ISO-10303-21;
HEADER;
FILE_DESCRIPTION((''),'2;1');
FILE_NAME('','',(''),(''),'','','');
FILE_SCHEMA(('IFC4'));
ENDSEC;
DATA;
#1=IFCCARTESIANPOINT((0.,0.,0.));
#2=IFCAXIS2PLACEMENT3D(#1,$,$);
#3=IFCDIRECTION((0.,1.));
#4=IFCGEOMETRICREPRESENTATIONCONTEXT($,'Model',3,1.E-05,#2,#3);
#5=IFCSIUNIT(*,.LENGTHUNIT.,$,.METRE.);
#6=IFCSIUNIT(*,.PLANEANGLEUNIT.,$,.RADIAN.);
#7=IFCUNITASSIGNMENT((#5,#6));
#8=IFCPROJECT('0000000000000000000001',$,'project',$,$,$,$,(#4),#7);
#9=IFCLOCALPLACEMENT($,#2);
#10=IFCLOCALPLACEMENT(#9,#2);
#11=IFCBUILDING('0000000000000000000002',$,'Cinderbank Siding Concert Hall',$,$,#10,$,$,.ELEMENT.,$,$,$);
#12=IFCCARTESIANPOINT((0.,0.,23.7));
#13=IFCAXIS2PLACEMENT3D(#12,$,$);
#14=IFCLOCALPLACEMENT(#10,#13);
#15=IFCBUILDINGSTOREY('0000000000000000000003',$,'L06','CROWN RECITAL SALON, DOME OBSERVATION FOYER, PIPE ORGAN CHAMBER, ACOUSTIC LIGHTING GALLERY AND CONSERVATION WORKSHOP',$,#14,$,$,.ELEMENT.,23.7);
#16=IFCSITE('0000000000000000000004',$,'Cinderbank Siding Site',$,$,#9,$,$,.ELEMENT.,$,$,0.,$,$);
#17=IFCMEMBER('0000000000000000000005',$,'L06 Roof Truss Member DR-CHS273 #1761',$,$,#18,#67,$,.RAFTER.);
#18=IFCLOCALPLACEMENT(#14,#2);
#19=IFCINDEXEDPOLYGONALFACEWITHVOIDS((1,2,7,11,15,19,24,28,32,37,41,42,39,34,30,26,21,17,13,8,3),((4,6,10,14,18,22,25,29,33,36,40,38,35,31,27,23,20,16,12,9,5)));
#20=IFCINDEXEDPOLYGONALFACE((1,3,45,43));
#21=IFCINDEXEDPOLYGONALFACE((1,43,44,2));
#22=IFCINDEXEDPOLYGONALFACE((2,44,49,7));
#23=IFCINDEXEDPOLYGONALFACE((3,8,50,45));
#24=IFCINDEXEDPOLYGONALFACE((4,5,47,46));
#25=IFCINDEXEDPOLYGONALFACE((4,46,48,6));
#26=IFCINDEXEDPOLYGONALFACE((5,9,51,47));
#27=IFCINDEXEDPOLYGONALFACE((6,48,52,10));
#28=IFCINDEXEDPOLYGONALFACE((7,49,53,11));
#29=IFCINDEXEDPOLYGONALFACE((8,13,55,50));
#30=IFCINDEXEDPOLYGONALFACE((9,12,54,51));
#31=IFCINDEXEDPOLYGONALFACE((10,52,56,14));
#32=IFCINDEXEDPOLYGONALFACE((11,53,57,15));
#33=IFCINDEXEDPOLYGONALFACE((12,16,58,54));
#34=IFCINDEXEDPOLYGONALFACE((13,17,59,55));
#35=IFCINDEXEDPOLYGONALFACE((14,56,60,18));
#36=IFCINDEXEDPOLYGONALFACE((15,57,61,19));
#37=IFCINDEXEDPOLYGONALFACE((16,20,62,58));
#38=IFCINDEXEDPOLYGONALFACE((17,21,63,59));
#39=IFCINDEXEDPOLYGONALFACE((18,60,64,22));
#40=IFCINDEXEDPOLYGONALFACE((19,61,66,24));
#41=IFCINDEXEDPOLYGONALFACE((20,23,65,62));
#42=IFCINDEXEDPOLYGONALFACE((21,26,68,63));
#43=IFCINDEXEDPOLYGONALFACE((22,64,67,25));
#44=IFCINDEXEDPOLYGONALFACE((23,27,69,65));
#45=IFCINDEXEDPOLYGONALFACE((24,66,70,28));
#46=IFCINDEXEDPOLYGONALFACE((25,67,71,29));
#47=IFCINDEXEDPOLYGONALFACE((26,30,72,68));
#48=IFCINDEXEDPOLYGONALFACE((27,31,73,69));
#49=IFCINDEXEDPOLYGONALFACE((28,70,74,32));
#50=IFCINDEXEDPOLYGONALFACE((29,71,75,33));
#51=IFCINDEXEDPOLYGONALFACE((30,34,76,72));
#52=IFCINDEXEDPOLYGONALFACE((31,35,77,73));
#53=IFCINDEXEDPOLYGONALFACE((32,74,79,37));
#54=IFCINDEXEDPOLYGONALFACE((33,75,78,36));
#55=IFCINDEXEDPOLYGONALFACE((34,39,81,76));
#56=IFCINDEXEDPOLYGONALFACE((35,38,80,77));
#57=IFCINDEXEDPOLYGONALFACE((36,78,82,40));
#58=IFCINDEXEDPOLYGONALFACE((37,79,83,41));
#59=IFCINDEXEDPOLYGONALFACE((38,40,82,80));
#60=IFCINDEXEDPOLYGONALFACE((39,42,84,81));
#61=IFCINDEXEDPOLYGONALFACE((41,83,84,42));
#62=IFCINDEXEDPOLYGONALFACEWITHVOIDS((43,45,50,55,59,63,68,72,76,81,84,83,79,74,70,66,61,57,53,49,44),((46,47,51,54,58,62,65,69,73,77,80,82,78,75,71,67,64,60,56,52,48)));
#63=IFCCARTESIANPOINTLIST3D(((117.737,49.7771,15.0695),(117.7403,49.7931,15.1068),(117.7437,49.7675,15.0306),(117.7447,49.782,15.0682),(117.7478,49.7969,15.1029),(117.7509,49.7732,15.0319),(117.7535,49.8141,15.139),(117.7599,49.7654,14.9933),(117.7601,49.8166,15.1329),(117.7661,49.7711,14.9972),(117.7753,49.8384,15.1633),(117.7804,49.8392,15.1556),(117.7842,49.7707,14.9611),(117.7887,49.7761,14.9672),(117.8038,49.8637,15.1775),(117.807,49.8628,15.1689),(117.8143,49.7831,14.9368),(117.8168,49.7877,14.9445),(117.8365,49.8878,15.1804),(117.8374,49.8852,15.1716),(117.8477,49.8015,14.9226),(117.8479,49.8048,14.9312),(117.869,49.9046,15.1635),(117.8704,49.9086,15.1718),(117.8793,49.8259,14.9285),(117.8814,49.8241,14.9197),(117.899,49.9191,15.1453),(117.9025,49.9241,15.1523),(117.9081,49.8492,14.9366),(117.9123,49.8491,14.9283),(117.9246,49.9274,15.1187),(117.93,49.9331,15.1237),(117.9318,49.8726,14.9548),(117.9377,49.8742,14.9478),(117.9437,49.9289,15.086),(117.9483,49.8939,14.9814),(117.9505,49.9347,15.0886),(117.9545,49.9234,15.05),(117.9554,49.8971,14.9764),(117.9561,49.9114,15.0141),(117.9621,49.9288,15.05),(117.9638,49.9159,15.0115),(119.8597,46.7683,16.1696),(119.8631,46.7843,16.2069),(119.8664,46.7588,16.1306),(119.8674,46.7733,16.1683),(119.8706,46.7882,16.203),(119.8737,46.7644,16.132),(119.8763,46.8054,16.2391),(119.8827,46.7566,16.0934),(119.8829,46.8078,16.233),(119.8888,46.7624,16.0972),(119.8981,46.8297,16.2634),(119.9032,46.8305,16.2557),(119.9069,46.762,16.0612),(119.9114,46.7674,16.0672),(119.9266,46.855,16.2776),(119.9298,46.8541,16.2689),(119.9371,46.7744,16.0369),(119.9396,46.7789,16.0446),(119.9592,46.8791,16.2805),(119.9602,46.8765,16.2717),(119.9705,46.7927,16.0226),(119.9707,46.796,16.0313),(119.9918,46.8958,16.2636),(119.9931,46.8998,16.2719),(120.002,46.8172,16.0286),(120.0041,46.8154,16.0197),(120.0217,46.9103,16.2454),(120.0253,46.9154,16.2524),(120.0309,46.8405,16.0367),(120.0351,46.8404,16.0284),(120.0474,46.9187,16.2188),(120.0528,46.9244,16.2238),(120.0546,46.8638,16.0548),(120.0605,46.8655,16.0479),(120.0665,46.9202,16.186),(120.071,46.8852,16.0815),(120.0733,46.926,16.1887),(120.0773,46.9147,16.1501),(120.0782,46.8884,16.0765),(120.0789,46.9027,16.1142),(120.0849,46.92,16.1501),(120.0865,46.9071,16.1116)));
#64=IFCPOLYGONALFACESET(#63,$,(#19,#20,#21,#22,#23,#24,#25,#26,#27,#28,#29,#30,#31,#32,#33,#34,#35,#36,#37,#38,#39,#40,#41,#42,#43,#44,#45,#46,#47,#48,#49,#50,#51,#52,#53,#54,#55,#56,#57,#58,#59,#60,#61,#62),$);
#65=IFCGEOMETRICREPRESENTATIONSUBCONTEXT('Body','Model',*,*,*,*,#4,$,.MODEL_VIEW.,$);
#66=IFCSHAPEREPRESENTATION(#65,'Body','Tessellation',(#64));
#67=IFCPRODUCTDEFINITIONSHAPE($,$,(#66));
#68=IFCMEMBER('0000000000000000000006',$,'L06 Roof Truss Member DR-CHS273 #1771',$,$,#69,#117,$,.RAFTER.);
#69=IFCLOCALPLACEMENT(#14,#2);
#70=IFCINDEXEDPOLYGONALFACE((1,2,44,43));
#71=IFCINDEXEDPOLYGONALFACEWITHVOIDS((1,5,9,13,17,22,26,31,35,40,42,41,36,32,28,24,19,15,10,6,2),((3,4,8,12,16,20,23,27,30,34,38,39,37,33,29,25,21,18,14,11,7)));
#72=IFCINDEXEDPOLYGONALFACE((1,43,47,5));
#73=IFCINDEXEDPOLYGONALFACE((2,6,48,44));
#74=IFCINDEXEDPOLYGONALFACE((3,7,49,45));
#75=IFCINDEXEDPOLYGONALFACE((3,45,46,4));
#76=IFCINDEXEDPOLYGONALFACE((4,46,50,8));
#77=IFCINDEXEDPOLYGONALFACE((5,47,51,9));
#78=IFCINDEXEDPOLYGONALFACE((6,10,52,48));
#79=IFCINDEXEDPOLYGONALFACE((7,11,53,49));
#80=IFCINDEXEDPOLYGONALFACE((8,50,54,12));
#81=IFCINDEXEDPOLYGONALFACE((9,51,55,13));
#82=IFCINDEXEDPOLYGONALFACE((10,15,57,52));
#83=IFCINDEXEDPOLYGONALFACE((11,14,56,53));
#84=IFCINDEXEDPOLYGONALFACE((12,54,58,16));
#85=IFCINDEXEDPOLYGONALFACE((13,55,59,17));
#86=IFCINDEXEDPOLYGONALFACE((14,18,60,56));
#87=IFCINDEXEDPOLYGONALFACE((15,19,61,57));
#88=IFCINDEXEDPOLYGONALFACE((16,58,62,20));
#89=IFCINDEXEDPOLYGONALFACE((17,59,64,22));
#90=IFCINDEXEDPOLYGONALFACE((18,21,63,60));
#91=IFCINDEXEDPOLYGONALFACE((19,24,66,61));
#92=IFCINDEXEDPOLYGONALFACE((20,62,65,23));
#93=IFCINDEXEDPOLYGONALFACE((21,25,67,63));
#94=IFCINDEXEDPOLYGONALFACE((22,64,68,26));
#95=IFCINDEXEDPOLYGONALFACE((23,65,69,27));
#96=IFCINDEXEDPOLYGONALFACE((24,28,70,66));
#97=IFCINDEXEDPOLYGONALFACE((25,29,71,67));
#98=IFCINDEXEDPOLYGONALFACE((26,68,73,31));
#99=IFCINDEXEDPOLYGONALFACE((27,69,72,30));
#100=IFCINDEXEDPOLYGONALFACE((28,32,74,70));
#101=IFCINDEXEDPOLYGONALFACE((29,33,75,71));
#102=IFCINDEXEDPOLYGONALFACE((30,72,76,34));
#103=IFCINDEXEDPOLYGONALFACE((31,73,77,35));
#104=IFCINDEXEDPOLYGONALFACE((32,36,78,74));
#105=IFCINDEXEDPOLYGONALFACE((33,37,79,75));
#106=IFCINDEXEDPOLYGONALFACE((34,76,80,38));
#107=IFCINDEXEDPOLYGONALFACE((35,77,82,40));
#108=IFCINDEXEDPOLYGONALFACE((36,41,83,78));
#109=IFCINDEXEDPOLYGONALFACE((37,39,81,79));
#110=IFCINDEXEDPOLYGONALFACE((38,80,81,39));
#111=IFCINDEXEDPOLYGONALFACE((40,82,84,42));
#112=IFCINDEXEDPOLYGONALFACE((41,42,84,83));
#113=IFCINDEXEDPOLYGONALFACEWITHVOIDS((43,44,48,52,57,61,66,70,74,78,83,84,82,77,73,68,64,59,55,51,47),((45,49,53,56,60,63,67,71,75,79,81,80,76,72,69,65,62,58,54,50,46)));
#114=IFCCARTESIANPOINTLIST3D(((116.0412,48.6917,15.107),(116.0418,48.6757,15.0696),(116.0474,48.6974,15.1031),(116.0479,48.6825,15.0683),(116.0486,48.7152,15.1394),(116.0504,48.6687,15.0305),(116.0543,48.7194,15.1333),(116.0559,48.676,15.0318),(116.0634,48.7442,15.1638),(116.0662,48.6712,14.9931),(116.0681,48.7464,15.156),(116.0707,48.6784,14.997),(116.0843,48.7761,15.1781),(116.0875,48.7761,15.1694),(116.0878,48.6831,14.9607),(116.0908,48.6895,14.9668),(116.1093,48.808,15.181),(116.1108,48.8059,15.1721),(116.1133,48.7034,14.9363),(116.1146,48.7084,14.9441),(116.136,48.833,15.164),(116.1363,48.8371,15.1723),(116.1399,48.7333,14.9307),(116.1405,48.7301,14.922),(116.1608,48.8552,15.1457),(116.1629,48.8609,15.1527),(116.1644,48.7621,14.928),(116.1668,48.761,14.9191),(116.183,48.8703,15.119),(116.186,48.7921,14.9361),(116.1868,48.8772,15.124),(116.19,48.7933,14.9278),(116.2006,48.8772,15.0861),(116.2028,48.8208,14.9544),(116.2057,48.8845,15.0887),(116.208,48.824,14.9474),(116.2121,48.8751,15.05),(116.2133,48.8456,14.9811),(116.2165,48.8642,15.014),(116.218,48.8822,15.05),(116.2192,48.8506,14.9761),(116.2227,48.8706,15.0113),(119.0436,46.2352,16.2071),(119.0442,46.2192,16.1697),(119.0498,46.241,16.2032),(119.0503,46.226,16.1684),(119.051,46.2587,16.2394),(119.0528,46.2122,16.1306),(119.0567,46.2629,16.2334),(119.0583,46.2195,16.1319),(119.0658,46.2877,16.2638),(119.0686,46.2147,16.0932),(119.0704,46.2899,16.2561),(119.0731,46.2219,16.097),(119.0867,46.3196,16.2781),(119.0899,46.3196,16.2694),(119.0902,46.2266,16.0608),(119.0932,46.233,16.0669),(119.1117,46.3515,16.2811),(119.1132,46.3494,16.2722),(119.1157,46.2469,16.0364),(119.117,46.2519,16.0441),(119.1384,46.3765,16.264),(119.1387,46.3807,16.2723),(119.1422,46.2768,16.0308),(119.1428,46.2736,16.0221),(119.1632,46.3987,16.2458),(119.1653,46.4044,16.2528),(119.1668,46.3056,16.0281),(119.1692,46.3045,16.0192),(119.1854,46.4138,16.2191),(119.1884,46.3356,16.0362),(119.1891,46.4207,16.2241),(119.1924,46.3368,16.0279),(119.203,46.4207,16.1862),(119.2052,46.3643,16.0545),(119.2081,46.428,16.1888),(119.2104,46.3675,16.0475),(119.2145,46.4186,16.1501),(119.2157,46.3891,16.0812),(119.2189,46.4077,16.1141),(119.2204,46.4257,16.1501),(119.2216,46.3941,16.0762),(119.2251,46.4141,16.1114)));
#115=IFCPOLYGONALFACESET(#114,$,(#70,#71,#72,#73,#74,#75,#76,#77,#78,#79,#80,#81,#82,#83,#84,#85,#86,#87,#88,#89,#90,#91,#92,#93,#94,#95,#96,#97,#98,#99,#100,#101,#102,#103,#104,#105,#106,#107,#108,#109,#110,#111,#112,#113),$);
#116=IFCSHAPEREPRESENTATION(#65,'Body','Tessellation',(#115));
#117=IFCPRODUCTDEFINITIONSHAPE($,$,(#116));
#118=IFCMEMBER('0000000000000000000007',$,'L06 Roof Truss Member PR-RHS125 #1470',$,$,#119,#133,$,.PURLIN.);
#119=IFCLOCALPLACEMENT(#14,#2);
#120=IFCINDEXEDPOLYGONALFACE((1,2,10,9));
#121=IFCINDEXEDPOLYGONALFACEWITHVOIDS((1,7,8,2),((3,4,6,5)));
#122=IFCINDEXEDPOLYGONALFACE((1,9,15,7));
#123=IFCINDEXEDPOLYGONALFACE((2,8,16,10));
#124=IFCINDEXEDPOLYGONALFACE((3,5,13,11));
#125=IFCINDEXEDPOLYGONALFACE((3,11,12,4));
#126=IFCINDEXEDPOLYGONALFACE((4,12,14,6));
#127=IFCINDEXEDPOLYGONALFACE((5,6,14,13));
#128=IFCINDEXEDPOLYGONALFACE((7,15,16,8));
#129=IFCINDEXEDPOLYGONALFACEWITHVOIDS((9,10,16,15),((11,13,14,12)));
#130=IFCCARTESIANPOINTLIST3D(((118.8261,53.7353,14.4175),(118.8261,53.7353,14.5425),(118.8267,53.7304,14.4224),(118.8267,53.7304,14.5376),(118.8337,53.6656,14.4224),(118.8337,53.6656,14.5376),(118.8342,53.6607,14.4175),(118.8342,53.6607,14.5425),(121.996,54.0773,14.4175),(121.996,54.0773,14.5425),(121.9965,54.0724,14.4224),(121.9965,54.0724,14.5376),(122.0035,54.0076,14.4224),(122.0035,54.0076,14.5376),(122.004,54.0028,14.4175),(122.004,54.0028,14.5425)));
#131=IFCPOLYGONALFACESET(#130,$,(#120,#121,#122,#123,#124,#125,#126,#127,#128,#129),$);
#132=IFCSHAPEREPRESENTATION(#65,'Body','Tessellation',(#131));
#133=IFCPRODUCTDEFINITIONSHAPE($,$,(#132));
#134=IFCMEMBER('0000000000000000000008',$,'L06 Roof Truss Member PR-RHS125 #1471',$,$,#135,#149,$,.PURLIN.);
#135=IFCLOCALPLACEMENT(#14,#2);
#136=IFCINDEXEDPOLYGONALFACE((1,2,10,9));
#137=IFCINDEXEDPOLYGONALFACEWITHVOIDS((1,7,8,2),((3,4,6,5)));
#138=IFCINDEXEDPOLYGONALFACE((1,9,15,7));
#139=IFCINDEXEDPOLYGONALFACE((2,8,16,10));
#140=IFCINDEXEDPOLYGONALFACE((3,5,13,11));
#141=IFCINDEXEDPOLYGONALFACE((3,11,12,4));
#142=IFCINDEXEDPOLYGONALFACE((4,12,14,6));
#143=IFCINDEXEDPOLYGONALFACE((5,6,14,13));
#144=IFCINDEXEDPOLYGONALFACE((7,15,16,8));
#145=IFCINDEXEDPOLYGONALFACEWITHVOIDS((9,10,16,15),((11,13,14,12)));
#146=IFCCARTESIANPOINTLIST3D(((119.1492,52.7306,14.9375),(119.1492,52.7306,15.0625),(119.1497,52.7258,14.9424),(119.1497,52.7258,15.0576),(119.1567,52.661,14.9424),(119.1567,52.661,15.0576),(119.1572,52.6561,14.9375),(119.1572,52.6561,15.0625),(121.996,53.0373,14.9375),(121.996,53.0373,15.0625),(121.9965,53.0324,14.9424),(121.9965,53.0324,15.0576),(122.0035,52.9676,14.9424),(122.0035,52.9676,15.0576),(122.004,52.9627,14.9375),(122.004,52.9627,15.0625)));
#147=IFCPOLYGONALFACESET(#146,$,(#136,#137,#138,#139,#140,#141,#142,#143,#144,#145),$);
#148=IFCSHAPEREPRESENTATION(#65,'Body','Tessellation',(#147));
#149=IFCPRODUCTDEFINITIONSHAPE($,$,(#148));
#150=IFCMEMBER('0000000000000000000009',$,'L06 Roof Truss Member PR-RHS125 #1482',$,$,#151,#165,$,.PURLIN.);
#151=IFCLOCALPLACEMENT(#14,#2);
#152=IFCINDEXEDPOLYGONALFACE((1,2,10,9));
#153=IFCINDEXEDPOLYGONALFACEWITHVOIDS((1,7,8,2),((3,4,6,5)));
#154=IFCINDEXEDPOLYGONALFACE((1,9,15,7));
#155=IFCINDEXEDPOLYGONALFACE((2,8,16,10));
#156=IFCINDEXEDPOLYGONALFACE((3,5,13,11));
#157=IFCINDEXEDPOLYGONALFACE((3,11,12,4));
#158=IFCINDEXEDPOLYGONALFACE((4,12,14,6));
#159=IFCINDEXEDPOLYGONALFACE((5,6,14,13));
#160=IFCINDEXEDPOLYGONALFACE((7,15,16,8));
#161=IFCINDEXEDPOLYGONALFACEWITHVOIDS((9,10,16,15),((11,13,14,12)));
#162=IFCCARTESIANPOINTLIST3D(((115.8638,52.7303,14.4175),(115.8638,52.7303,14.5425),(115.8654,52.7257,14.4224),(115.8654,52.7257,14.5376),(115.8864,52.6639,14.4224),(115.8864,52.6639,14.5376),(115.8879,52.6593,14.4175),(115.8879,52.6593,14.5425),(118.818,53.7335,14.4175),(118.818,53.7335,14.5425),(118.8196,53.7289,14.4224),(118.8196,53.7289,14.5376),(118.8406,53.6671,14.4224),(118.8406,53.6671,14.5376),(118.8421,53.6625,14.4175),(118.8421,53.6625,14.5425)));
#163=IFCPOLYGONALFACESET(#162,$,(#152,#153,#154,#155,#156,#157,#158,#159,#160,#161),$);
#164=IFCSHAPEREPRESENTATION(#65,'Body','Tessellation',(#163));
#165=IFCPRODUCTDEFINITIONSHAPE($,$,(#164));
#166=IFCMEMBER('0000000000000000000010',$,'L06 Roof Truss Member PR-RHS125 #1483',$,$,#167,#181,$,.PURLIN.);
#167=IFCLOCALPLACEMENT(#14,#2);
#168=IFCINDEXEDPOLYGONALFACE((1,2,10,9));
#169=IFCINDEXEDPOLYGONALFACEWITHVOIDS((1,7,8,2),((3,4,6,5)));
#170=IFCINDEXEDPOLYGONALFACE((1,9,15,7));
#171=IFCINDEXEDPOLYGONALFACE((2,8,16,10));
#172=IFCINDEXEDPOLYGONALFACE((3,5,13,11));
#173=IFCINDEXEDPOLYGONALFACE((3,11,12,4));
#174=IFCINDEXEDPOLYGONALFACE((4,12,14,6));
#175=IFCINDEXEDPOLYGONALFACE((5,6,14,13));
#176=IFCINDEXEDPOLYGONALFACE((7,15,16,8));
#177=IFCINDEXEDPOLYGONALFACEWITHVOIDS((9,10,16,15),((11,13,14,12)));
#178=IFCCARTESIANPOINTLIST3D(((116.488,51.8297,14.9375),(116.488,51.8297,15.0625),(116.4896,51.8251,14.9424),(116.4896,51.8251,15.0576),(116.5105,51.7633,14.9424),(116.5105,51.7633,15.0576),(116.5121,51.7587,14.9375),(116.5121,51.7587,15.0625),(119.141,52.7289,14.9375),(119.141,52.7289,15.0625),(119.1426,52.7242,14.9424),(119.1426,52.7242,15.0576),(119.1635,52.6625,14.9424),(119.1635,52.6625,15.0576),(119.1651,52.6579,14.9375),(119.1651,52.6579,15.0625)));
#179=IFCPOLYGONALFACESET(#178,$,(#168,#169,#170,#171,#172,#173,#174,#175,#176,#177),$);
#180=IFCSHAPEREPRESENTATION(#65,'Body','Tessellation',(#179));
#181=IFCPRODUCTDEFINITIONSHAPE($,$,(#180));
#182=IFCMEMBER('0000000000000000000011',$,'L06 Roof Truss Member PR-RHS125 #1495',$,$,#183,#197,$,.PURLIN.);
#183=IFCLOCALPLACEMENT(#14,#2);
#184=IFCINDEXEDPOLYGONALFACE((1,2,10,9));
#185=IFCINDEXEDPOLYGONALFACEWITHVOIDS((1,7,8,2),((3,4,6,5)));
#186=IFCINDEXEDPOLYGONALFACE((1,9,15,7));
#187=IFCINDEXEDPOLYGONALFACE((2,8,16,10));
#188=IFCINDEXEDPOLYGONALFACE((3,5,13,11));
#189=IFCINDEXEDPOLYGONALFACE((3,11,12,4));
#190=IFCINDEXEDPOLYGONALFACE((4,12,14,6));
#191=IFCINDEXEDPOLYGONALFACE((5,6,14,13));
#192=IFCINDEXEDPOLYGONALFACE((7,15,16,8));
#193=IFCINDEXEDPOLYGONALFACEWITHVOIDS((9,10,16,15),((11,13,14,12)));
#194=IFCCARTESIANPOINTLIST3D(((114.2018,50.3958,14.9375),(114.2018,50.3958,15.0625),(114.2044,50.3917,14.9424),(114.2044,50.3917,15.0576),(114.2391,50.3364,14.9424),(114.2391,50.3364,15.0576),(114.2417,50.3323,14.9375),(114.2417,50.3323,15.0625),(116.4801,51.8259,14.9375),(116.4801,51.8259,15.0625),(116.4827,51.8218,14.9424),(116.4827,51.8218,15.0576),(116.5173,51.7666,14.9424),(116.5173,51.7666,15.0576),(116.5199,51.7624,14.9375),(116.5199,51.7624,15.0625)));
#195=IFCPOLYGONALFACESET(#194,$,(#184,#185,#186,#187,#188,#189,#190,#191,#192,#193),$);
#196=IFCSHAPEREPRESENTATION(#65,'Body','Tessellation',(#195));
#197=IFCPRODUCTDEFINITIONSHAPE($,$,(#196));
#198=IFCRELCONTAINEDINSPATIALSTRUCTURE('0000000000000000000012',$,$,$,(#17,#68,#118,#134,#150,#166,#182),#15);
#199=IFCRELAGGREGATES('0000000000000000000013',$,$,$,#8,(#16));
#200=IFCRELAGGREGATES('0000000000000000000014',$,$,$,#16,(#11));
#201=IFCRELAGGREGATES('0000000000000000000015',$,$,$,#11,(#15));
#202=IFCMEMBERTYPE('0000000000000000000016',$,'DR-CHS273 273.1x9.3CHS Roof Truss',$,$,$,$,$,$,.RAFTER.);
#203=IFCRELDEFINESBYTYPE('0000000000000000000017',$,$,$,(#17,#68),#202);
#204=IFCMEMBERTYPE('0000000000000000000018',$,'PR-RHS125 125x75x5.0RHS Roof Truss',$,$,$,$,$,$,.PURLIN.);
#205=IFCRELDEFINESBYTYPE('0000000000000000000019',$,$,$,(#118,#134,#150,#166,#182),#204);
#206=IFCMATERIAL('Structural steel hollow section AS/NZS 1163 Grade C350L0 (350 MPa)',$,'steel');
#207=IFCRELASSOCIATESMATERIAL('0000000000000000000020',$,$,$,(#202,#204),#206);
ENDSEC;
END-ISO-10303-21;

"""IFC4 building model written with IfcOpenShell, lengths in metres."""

from ifc_helpers import new_model, si_unit, direction, frame, origin, origin_2d, place, context, subcontext, project, spatial, hollow_rectangle, hollow_circle, extrude, material, material_profile, profile_set, type_object, element, save


model = new_model("IFC4")

# Units and contexts
model_context = context("Model", 3, precision=1e-05, world=origin(), true_north=direction((0.0, 1.0)))
body_context = subcontext(model_context, "Body", "Model", "MODEL_VIEW")
ifc_project = project(units=[si_unit("LENGTHUNIT", "METRE"), si_unit("PLANEANGLEUNIT", "RADIAN")], contexts=[model_context])

# Site, building, storey
site_placement = place(None, origin())
site = spatial("IfcSite", under=ifc_project, at=site_placement, Name="Cinderbank Siding Site", CompositionType="ELEMENT", RefElevation=0.0)
building_placement = place(site_placement, origin())
building = spatial("IfcBuilding", under=site, at=building_placement, Name="Cinderbank Siding Concert Hall", CompositionType="ELEMENT")
storey_placement = place(building_placement, frame((0.0, 0.0, 23.7)))
storey = spatial("IfcBuildingStorey", under=building, at=storey_placement, Name="L06", Description="CROWN RECITAL SALON, DOME OBSERVATION FOYER, PIPE ORGAN CHAMBER, ACOUSTIC LIGHTING GALLERY AND CONSERVATION WORKSHOP", CompositionType="ELEMENT", Elevation=23.7)

# Members
ifc_material_1 = material(Name="Structural steel hollow section AS/NZS 1163 Grade C350L0 (350 MPa)", Category="steel")
ifc_material_profile_1 = material_profile(ifc_material_1, hollow_circle(Radius=0.1365, WallThickness=0.0093, at=origin_2d()), Name="273.1x9.3CHS", Category="LoadBearing")
ifc_profile_set_1 = profile_set([ifc_material_profile_1], Name="Structural steel hollow section AS/NZS 1163 Grade C350L0 (350 MPa)")
member_type_1 = type_object("IfcMemberType", Name="DR-CHS273 273.1x9.3CHS Roof Truss", PredefinedType="RAFTER", material=ifc_profile_set_1)
member_1_placement = place(storey_placement, frame((117.8506, 49.8501, 15.05), z_axis=(0.552369, -0.782909, 0.286254), x_axis=(0.817102, 0.576493, 0.0)))
element("IfcMember", 1, at=member_1_placement, inside=storey, type_object=member_type_1, Name="L06 Roof Truss Member DR-CHS273 #1761", PredefinedType="RAFTER", context=body_context, shape_type="SweptSolid", body=[
    extrude(hollow_circle(Radius=0.1365, WallThickness=0.0093, at=origin_2d()), origin(), (0.0, 0.0, 1.0), 3.843),
])
member_2_placement = place(storey_placement, frame((116.1316, 48.7766, 15.05), z_axis=(0.744597, -0.609216, 0.272821), x_axis=(0.633238, 0.773957, 0.0)))
element("IfcMember", 2, at=member_2_placement, inside=storey, type_object=member_type_1, Name="L06 Roof Truss Member DR-CHS273 #1771", PredefinedType="RAFTER", context=body_context, shape_type="SweptSolid", body=[
    extrude(hollow_circle(Radius=0.1365, WallThickness=0.0093, at=origin_2d()), origin(), (0.0, 0.0, 1.0), 4.0322),
])
ifc_material_profile_2 = material_profile(ifc_material_1, hollow_rectangle(XDim=0.075, YDim=0.125, WallThickness=0.0049, at=origin_2d()), Name="125x75x5.0RHS", Category="LoadBearing")
ifc_profile_set_2 = profile_set([ifc_material_profile_2], Name="Structural steel hollow section AS/NZS 1163 Grade C350L0 (350 MPa)")
member_type_2 = type_object("IfcMemberType", Name="PR-RHS125 125x75x5.0RHS Roof Truss", PredefinedType="PURLIN", material=ifc_profile_set_2)
member_3_placement = place(storey_placement, frame((122.0, 54.04, 14.48), z_axis=(-0.994229, -0.107279, 0.0), x_axis=(0.107279, -0.994229, 0.0)))
element("IfcMember", 3, at=member_3_placement, inside=storey, type_object=member_type_2, Name="L06 Roof Truss Member PR-RHS125 #1470", PredefinedType="PURLIN", context=body_context, shape_type="SweptSolid", body=[
    extrude(hollow_rectangle(XDim=0.075, YDim=0.125, WallThickness=0.0049, at=origin_2d()), origin(), (0.0, 0.0, 1.0), 3.1882),
])
member_4_placement = place(storey_placement, frame((122.0, 53.0, 15.0), z_axis=(-0.994249, -0.10709, 0.0), x_axis=(0.10709, -0.994249, 0.0)))
element("IfcMember", 4, at=member_4_placement, inside=storey, type_object=member_type_2, Name="L06 Roof Truss Member PR-RHS125 #1471", PredefinedType="PURLIN", context=body_context, shape_type="SweptSolid", body=[
    extrude(hollow_rectangle(XDim=0.075, YDim=0.125, WallThickness=0.0049, at=origin_2d()), origin(), (0.0, 0.0, 1.0), 2.8633),
])
member_5_placement = place(storey_placement, frame((118.8301, 53.698, 14.48), z_axis=(-0.946892, -0.321552, 0.0), x_axis=(0.321552, -0.946892, 0.0)))
element("IfcMember", 5, at=member_5_placement, inside=storey, type_object=member_type_2, Name="L06 Roof Truss Member PR-RHS125 #1482", PredefinedType="PURLIN", context=body_context, shape_type="SweptSolid", body=[
    extrude(hollow_rectangle(XDim=0.075, YDim=0.125, WallThickness=0.0049, at=origin_2d()), origin(), (0.0, 0.0, 1.0), 3.1199),
])
member_6_placement = place(storey_placement, frame((119.1531, 52.6934, 15.0), z_axis=(-0.947085, -0.320982, 0.0), x_axis=(0.320982, -0.947085, 0.0)))
element("IfcMember", 6, at=member_6_placement, inside=storey, type_object=member_type_2, Name="L06 Roof Truss Member PR-RHS125 #1483", PredefinedType="PURLIN", context=body_context, shape_type="SweptSolid", body=[
    extrude(hollow_rectangle(XDim=0.075, YDim=0.125, WallThickness=0.0049, at=origin_2d()), origin(), (0.0, 0.0, 1.0), 2.8013),
])
member_7_placement = place(storey_placement, frame((116.5, 51.7942, 15.0), z_axis=(-0.846957, -0.531662, 0.0), x_axis=(0.531662, -0.846957, 0.0)))
element("IfcMember", 7, at=member_7_placement, inside=storey, type_object=member_type_2, Name="L06 Roof Truss Member PR-RHS125 #1495", PredefinedType="PURLIN", context=body_context, shape_type="SweptSolid", body=[
    extrude(hollow_rectangle(XDim=0.075, YDim=0.125, WallThickness=0.0049, at=origin_2d()), origin(), (0.0, 0.0, 1.0), 2.6899),
])

save(model, "model.ifc")
